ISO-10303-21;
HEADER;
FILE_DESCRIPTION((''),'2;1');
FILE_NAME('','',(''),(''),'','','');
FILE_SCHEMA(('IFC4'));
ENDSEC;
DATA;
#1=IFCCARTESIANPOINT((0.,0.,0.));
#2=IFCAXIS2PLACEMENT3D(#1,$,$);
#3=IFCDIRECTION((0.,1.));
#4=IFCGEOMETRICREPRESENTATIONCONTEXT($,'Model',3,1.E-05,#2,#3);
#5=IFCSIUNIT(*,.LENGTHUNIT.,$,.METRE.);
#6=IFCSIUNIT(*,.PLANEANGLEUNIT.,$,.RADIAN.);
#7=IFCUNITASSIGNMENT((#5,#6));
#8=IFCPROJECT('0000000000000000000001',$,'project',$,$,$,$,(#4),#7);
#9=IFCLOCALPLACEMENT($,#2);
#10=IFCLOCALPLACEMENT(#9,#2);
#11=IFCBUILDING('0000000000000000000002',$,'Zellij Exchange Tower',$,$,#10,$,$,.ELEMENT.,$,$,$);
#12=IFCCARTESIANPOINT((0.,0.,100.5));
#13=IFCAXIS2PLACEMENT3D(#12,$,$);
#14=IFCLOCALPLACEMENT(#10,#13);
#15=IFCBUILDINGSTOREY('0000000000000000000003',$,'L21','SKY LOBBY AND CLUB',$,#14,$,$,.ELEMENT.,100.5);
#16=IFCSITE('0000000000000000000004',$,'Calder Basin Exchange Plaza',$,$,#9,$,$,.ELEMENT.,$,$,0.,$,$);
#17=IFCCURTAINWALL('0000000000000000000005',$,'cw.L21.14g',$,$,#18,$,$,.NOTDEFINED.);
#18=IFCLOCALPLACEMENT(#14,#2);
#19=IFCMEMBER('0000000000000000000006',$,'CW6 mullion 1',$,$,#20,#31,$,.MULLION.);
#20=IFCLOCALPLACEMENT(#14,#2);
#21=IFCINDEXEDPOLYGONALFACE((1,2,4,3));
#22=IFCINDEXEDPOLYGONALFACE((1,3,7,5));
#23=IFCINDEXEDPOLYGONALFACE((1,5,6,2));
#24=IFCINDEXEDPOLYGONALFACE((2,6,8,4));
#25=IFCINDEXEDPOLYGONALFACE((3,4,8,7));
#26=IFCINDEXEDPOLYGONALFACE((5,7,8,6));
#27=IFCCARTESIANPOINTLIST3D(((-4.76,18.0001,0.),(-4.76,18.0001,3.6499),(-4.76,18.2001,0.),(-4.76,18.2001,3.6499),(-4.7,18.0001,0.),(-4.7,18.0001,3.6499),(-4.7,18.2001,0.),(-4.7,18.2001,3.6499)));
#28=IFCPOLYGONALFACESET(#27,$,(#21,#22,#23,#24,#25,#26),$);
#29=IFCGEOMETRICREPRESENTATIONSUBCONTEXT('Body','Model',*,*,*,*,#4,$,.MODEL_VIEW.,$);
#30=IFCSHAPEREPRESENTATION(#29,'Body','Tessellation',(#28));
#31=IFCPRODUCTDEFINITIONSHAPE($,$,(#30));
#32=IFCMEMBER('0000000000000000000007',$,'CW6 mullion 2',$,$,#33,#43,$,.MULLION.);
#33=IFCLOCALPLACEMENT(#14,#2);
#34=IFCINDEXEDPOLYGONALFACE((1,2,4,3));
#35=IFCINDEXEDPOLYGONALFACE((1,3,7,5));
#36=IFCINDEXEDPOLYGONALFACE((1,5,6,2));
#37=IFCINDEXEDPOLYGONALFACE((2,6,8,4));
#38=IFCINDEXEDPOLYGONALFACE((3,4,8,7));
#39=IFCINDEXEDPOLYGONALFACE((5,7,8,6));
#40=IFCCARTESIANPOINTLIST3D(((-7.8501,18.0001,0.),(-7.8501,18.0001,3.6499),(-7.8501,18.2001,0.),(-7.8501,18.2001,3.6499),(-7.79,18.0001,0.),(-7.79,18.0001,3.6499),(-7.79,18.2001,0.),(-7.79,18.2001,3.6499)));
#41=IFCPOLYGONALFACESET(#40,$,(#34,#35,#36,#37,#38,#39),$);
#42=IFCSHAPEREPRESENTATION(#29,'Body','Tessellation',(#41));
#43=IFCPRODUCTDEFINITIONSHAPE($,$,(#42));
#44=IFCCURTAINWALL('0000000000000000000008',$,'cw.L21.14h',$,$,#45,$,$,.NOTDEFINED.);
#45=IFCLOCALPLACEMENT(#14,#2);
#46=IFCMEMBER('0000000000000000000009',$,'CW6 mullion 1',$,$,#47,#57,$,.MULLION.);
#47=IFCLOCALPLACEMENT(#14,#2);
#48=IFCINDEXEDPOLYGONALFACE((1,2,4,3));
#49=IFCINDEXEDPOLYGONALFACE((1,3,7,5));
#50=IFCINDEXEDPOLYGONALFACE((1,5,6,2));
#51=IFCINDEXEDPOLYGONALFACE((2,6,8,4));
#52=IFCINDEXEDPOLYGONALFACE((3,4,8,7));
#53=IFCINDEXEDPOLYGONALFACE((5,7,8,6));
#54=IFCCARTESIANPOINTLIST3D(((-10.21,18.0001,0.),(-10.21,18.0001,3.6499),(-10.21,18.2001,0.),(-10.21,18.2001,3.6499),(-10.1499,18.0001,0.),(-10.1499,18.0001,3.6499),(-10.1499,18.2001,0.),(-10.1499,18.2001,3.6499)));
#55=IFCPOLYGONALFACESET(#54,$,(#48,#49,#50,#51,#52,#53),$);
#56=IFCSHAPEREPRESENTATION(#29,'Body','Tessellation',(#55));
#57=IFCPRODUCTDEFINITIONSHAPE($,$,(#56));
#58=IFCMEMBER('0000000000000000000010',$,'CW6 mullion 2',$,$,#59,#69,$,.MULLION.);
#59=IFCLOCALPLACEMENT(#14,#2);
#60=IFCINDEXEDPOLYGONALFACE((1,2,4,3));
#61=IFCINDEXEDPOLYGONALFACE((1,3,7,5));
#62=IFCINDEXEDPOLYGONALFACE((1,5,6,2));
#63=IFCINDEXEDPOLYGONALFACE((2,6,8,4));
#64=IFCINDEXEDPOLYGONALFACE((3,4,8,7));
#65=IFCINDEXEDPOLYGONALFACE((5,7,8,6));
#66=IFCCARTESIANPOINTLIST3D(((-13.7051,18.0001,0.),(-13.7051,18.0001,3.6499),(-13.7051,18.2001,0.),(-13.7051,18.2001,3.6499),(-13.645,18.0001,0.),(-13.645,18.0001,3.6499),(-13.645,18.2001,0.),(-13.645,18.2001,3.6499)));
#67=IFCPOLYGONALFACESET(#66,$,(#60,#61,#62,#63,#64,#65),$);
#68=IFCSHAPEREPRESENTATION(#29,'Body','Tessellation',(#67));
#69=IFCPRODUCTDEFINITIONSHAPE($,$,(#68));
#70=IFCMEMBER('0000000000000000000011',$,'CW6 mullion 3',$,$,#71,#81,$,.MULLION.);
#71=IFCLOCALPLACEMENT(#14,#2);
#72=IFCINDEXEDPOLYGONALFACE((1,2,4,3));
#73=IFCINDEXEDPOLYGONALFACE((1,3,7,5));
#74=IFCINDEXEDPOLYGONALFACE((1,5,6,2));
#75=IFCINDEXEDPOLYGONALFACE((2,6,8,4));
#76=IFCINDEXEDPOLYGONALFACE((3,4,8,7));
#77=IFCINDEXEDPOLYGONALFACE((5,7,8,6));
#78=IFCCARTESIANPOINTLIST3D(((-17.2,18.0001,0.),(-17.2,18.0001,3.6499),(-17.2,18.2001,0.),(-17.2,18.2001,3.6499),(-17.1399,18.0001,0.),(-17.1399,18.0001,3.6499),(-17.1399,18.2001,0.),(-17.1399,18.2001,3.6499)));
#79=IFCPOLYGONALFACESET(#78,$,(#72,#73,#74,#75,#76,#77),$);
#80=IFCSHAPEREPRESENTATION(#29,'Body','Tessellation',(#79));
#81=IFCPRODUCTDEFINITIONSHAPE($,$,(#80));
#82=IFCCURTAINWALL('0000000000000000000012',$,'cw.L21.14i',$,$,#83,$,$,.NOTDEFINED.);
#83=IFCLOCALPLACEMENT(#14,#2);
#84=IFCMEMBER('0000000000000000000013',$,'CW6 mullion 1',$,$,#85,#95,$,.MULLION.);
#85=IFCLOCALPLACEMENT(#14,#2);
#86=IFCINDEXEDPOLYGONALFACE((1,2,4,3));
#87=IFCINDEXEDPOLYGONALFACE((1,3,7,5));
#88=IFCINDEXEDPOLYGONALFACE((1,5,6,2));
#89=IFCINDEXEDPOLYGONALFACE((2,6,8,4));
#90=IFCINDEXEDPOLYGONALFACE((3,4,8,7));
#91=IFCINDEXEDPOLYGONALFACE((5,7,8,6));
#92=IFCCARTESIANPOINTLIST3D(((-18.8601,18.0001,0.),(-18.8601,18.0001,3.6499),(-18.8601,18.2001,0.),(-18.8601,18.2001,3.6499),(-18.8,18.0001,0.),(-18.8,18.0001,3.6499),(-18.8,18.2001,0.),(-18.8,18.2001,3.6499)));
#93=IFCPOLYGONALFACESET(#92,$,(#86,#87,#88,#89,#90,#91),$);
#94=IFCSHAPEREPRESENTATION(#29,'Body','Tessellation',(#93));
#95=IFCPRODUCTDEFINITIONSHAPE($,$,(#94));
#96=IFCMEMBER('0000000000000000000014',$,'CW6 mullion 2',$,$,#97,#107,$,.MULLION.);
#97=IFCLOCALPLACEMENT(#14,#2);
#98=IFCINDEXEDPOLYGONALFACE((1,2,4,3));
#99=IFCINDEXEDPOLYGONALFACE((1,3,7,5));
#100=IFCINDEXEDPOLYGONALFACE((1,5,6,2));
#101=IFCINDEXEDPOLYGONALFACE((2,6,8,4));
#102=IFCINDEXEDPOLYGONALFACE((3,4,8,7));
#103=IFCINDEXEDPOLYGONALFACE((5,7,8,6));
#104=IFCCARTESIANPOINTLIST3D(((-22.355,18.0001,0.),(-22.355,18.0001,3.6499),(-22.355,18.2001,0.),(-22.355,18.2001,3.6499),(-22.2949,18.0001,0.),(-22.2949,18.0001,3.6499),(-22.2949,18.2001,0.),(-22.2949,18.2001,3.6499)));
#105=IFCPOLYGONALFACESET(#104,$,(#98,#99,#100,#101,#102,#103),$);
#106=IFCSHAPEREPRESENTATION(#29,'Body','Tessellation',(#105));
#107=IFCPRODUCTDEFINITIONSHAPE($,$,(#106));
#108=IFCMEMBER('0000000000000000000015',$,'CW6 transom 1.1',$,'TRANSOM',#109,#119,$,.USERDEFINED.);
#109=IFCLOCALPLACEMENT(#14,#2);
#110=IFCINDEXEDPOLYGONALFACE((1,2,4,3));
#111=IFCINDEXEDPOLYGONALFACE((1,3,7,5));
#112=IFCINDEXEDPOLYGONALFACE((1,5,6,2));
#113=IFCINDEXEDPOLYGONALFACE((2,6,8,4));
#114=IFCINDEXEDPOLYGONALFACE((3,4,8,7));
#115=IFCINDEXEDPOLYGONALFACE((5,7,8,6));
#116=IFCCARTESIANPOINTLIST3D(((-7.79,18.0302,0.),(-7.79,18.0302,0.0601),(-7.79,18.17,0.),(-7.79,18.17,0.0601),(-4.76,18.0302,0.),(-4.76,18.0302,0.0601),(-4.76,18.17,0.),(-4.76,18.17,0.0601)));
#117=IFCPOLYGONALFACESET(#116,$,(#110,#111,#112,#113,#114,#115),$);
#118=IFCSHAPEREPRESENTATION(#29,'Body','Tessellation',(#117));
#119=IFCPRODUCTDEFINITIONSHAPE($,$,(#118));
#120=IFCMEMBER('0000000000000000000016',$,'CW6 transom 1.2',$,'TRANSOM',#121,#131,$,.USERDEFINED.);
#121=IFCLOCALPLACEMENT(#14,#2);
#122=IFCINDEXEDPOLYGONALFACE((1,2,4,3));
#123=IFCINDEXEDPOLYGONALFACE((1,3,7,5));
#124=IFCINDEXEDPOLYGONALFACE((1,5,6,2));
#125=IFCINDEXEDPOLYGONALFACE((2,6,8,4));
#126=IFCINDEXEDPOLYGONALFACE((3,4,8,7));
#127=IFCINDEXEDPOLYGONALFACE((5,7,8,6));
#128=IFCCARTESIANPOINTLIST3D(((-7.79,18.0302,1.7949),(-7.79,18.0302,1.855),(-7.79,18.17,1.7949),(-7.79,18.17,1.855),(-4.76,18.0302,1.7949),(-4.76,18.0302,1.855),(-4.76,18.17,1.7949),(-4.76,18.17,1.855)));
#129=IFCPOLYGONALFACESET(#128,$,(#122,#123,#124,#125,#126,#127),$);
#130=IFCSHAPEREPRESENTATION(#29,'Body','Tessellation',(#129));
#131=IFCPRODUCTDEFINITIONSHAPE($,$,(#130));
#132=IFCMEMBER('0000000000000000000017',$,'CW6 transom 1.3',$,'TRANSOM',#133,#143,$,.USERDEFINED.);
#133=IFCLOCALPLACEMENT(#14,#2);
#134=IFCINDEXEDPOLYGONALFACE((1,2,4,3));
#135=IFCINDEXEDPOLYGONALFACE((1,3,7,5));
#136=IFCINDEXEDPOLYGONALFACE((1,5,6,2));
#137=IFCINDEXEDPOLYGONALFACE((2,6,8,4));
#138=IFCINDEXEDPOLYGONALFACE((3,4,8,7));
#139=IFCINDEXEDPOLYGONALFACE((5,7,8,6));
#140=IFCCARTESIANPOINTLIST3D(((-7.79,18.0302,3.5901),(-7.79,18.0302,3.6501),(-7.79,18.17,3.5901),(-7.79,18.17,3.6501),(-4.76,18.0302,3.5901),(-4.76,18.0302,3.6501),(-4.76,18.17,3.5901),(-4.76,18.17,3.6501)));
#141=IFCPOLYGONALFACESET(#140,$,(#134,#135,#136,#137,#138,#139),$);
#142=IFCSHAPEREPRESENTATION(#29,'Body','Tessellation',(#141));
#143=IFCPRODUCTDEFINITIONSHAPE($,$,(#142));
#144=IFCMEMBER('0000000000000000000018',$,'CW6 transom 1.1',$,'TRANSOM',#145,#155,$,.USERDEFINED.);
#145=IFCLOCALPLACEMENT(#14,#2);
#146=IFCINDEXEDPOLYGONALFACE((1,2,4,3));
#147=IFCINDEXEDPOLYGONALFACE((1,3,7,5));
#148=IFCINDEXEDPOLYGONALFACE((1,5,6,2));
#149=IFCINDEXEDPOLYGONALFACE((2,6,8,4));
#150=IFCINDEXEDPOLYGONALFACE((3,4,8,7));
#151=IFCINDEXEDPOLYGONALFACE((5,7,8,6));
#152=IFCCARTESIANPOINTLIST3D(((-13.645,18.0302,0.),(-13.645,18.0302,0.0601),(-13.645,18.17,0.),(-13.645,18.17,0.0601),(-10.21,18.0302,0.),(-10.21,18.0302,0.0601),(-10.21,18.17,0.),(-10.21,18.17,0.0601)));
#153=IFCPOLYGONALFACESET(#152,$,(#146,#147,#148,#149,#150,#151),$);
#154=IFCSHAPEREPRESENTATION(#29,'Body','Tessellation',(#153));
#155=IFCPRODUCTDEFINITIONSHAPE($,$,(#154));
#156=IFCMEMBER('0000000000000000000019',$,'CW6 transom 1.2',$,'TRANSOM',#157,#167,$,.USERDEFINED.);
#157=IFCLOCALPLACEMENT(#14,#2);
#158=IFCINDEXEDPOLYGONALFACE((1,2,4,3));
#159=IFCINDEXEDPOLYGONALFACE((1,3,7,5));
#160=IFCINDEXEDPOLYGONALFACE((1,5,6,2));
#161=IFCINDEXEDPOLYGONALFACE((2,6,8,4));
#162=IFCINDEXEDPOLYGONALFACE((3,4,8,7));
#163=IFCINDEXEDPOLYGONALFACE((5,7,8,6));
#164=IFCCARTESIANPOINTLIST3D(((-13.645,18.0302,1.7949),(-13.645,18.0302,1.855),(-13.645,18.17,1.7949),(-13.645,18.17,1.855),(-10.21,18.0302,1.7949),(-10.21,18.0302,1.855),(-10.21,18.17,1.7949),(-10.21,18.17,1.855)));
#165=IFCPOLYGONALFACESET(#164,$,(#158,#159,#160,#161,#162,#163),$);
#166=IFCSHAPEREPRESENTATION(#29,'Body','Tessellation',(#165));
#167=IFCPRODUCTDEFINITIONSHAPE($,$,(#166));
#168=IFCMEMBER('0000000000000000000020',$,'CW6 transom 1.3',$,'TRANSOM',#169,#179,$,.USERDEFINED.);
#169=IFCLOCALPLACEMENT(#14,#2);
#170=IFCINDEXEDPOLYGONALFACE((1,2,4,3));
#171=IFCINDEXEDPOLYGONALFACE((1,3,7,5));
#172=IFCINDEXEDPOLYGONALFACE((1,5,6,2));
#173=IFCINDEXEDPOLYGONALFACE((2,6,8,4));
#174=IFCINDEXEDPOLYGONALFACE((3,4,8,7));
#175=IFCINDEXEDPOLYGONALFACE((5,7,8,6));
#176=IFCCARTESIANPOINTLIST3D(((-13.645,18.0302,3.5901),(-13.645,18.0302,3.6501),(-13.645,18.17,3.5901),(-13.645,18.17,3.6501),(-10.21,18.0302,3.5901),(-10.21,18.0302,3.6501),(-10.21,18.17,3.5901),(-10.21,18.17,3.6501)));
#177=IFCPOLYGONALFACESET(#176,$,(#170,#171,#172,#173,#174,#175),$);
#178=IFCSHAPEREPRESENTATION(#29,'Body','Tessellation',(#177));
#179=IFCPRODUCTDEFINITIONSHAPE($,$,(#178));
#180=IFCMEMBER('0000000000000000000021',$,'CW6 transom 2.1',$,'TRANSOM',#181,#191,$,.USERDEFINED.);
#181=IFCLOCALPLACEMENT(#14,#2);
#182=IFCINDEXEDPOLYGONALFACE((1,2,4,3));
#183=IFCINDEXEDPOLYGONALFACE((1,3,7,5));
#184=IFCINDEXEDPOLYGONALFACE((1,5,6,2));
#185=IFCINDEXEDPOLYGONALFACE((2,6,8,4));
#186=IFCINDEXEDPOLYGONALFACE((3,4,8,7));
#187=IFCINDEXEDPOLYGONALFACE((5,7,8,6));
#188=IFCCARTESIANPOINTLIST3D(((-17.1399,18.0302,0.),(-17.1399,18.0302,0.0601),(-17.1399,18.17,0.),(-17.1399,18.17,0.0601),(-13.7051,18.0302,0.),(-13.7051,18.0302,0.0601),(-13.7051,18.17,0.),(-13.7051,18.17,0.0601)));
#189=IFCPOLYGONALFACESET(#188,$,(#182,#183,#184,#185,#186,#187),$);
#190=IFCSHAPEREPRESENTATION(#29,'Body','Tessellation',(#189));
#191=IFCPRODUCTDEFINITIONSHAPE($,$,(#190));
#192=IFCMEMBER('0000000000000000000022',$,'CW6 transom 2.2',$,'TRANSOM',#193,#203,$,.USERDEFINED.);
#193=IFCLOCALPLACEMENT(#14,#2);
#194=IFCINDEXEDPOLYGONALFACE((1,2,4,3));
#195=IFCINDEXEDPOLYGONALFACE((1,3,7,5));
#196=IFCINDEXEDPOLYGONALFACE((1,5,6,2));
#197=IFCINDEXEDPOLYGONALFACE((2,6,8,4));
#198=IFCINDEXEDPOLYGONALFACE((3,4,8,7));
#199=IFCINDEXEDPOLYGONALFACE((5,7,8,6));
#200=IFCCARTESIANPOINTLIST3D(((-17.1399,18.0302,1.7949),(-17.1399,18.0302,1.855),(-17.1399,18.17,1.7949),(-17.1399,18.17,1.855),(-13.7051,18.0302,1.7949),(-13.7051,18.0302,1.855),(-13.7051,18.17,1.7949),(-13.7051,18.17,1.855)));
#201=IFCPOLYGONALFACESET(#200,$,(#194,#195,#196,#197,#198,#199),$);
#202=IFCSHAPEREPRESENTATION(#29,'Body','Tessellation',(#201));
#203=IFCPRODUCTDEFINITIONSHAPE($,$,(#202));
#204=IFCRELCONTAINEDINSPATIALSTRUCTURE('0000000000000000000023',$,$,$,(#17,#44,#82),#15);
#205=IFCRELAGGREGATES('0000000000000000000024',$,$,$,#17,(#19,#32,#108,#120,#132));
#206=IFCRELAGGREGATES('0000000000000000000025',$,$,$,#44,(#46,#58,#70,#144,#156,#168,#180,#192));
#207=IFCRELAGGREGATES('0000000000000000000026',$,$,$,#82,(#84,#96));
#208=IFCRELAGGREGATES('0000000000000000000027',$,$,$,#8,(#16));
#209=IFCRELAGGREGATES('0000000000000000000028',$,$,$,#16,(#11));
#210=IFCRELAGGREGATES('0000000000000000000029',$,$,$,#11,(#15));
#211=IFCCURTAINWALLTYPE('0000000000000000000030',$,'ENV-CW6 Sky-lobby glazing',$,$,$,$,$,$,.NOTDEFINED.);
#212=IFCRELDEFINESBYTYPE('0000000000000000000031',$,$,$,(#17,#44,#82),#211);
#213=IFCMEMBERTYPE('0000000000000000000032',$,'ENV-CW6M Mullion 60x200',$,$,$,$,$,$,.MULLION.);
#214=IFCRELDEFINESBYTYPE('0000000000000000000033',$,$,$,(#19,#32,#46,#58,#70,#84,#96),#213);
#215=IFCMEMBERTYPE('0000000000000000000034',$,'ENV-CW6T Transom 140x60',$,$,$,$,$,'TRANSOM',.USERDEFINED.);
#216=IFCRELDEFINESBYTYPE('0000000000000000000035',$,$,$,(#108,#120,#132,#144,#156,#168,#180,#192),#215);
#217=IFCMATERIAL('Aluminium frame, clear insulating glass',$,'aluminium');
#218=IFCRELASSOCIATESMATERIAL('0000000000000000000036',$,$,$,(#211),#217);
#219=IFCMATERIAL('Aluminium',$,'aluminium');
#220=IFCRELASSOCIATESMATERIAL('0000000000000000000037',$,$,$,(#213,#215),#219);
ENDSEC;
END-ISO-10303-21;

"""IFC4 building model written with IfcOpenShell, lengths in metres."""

from ifc_helpers import new_model, si_unit, direction, frame, origin, origin_2d, place, context, subcontext, project, spatial, rectangle, extrude, material, material_profile, profile_set, type_object, element, aggregate, save


model = new_model("IFC4")

# Units and contexts
model_context = context("Model", 3, precision=1e-05, world=origin(), true_north=direction((0.0, 1.0)))
body_context = subcontext(model_context, "Body", "Model", "MODEL_VIEW")
ifc_project = project(units=[si_unit("LENGTHUNIT", "METRE"), si_unit("PLANEANGLEUNIT", "RADIAN")], contexts=[model_context])

# Site, building, storey
site_placement = place(None, origin())
site = spatial("IfcSite", under=ifc_project, at=site_placement, Name="Calder Basin Exchange Plaza", CompositionType="ELEMENT", RefElevation=0.0)
building_placement = place(site_placement, origin())
building = spatial("IfcBuilding", under=site, at=building_placement, Name="Zellij Exchange Tower", CompositionType="ELEMENT")
storey_placement = place(building_placement, frame((0.0, 0.0, 100.5)))
storey = spatial("IfcBuildingStorey", under=building, at=storey_placement, Name="L21", Description="SKY LOBBY AND CLUB", CompositionType="ELEMENT", Elevation=100.5)

# Curtain walls, members
ifc_material_1 = material(Name="Aluminium frame, clear insulating glass", Category="aluminium")
curtain_wall_type = type_object("IfcCurtainWallType", Name="ENV-CW6 Sky-lobby glazing", PredefinedType="NOTDEFINED", material=ifc_material_1)
curtain_wall_1_placement = place(storey_placement, origin())
curtain_wall_1 = element("IfcCurtainWall", 1, at=curtain_wall_1_placement, inside=storey, type_object=curtain_wall_type, Name="cw.L21.14g", PredefinedType="NOTDEFINED")
ifc_material_2 = material(Name="Aluminium", Category="aluminium")
ifc_material_profile_1 = material_profile(ifc_material_2, rectangle(XDim=0.0601, YDim=0.2, at=origin_2d()), Name="AL 60x200")
ifc_profile_set_1 = profile_set([ifc_material_profile_1], Name="Aluminium")
member_type_1 = type_object("IfcMemberType", Name="ENV-CW6M Mullion 60x200", PredefinedType="MULLION", material=ifc_profile_set_1)
member_1_placement = place(storey_placement, frame((-4.73, 18.1001, 0.0), z_axis=(0.0, 0.0, 1.0), x_axis=(-1.0, 0.0, 0.0)))
member_1 = element("IfcMember", 2, at=member_1_placement, type_object=member_type_1, Name="CW6 mullion 1", PredefinedType="MULLION", context=body_context, shape_type="SweptSolid", body=[
    extrude(rectangle(XDim=0.0601, YDim=0.2, at=origin_2d()), origin(), (0.0, 0.0, 1.0), 3.6499),
])
member_2_placement = place(storey_placement, frame((-7.8201, 18.1001, 0.0), z_axis=(0.0, 0.0, 1.0), x_axis=(-1.0, 0.0, 0.0)))
member_2 = element("IfcMember", 3, at=member_2_placement, type_object=member_type_1, Name="CW6 mullion 2", PredefinedType="MULLION", context=body_context, shape_type="SweptSolid", body=[
    extrude(rectangle(XDim=0.0601, YDim=0.2, at=origin_2d()), origin(), (0.0, 0.0, 1.0), 3.6499),
])
curtain_wall_2_placement = place(storey_placement, origin())
curtain_wall_2 = element("IfcCurtainWall", 4, at=curtain_wall_2_placement, inside=storey, type_object=curtain_wall_type, Name="cw.L21.14h", PredefinedType="NOTDEFINED")
member_3_placement = place(storey_placement, frame((-10.1799, 18.1001, 0.0), z_axis=(0.0, 0.0, 1.0), x_axis=(-1.0, 0.0, 0.0)))
member_3 = element("IfcMember", 5, at=member_3_placement, type_object=member_type_1, Name="CW6 mullion 1", PredefinedType="MULLION", context=body_context, shape_type="SweptSolid", body=[
    extrude(rectangle(XDim=0.0601, YDim=0.2, at=origin_2d()), origin(), (0.0, 0.0, 1.0), 3.6499),
])
member_4_placement = place(storey_placement, frame((-13.675, 18.1001, 0.0), z_axis=(0.0, 0.0, 1.0), x_axis=(-1.0, 0.0, 0.0)))
member_4 = element("IfcMember", 6, at=member_4_placement, type_object=member_type_1, Name="CW6 mullion 2", PredefinedType="MULLION", context=body_context, shape_type="SweptSolid", body=[
    extrude(rectangle(XDim=0.0601, YDim=0.2, at=origin_2d()), origin(), (0.0, 0.0, 1.0), 3.6499),
])
member_5_placement = place(storey_placement, frame((-17.1699, 18.1001, 0.0), z_axis=(0.0, 0.0, 1.0), x_axis=(-1.0, 0.0, 0.0)))
member_5 = element("IfcMember", 7, at=member_5_placement, type_object=member_type_1, Name="CW6 mullion 3", PredefinedType="MULLION", context=body_context, shape_type="SweptSolid", body=[
    extrude(rectangle(XDim=0.0601, YDim=0.2, at=origin_2d()), origin(), (0.0, 0.0, 1.0), 3.6499),
])
curtain_wall_3_placement = place(storey_placement, origin())
curtain_wall_3 = element("IfcCurtainWall", 8, at=curtain_wall_3_placement, inside=storey, type_object=curtain_wall_type, Name="cw.L21.14i", PredefinedType="NOTDEFINED")
member_6_placement = place(storey_placement, frame((-18.8301, 18.1001, 0.0), z_axis=(0.0, 0.0, 1.0), x_axis=(-1.0, 0.0, 0.0)))
member_6 = element("IfcMember", 9, at=member_6_placement, type_object=member_type_1, Name="CW6 mullion 1", PredefinedType="MULLION", context=body_context, shape_type="SweptSolid", body=[
    extrude(rectangle(XDim=0.0601, YDim=0.2, at=origin_2d()), origin(), (0.0, 0.0, 1.0), 3.6499),
])
member_7_placement = place(storey_placement, frame((-22.325, 18.1001, 0.0), z_axis=(0.0, 0.0, 1.0), x_axis=(-1.0, 0.0, 0.0)))
member_7 = element("IfcMember", 10, at=member_7_placement, type_object=member_type_1, Name="CW6 mullion 2", PredefinedType="MULLION", context=body_context, shape_type="SweptSolid", body=[
    extrude(rectangle(XDim=0.0601, YDim=0.2, at=origin_2d()), origin(), (0.0, 0.0, 1.0), 3.6499),
])

# Members
ifc_material_profile_2 = material_profile(ifc_material_2, rectangle(XDim=0.1399, YDim=0.0601, at=origin_2d()), Name="AL 140x60")
ifc_profile_set_2 = profile_set([ifc_material_profile_2], Name="Aluminium")
member_type_2 = type_object("IfcMemberType", Name="ENV-CW6T Transom 140x60", ElementType="TRANSOM", PredefinedType="USERDEFINED", material=ifc_profile_set_2)
member_8_placement = place(storey_placement, frame((-4.76, 18.1001, 0.03), z_axis=(-1.0, 0.0, 0.0), x_axis=(0.0, -1.0, 0.0)))
member_8 = element("IfcMember", 11, at=member_8_placement, type_object=member_type_2, Name="CW6 transom 1.1", ObjectType="TRANSOM", PredefinedType="USERDEFINED", context=body_context, shape_type="SweptSolid", body=[
    extrude(rectangle(XDim=0.1399, YDim=0.0601, at=origin_2d()), origin(), (0.0, 0.0, 1.0), 3.03),
])
member_9_placement = place(storey_placement, frame((-4.76, 18.1001, 1.825), z_axis=(-1.0, 0.0, 0.0), x_axis=(0.0, -1.0, 0.0)))
member_9 = element("IfcMember", 12, at=member_9_placement, type_object=member_type_2, Name="CW6 transom 1.2", ObjectType="TRANSOM", PredefinedType="USERDEFINED", context=body_context, shape_type="SweptSolid", body=[
    extrude(rectangle(XDim=0.1399, YDim=0.0601, at=origin_2d()), origin(), (0.0, 0.0, 1.0), 3.03),
])
member_10_placement = place(storey_placement, frame((-4.76, 18.1001, 3.6201), z_axis=(-1.0, 0.0, 0.0), x_axis=(0.0, -1.0, 0.0)))
member_10 = element("IfcMember", 13, at=member_10_placement, type_object=member_type_2, Name="CW6 transom 1.3", ObjectType="TRANSOM", PredefinedType="USERDEFINED", context=body_context, shape_type="SweptSolid", body=[
    extrude(rectangle(XDim=0.1399, YDim=0.0601, at=origin_2d()), origin(), (0.0, 0.0, 1.0), 3.03),
])
member_11_placement = place(storey_placement, frame((-10.21, 18.1001, 0.03), z_axis=(-1.0, 0.0, 0.0), x_axis=(0.0, -1.0, 0.0)))
member_11 = element("IfcMember", 14, at=member_11_placement, type_object=member_type_2, Name="CW6 transom 1.1", ObjectType="TRANSOM", PredefinedType="USERDEFINED", context=body_context, shape_type="SweptSolid", body=[
    extrude(rectangle(XDim=0.1399, YDim=0.0601, at=origin_2d()), origin(), (0.0, 0.0, 1.0), 3.4351),
])
member_12_placement = place(storey_placement, frame((-10.21, 18.1001, 1.825), z_axis=(-1.0, 0.0, 0.0), x_axis=(0.0, -1.0, 0.0)))
member_12 = element("IfcMember", 15, at=member_12_placement, type_object=member_type_2, Name="CW6 transom 1.2", ObjectType="TRANSOM", PredefinedType="USERDEFINED", context=body_context, shape_type="SweptSolid", body=[
    extrude(rectangle(XDim=0.1399, YDim=0.0601, at=origin_2d()), origin(), (0.0, 0.0, 1.0), 3.4351),
])
member_13_placement = place(storey_placement, frame((-10.21, 18.1001, 3.6201), z_axis=(-1.0, 0.0, 0.0), x_axis=(0.0, -1.0, 0.0)))
member_13 = element("IfcMember", 16, at=member_13_placement, type_object=member_type_2, Name="CW6 transom 1.3", ObjectType="TRANSOM", PredefinedType="USERDEFINED", context=body_context, shape_type="SweptSolid", body=[
    extrude(rectangle(XDim=0.1399, YDim=0.0601, at=origin_2d()), origin(), (0.0, 0.0, 1.0), 3.4351),
])
member_14_placement = place(storey_placement, frame((-13.7051, 18.1001, 0.03), z_axis=(-1.0, 0.0, 0.0), x_axis=(0.0, -1.0, 0.0)))
member_14 = element("IfcMember", 17, at=member_14_placement, type_object=member_type_2, Name="CW6 transom 2.1", ObjectType="TRANSOM", PredefinedType="USERDEFINED", context=body_context, shape_type="SweptSolid", body=[
    extrude(rectangle(XDim=0.1399, YDim=0.0601, at=origin_2d()), origin(), (0.0, 0.0, 1.0), 3.4348),
])
member_15_placement = place(storey_placement, frame((-13.7051, 18.1001, 1.825), z_axis=(-1.0, 0.0, 0.0), x_axis=(0.0, -1.0, 0.0)))
member_15 = element("IfcMember", 18, at=member_15_placement, type_object=member_type_2, Name="CW6 transom 2.2", ObjectType="TRANSOM", PredefinedType="USERDEFINED", context=body_context, shape_type="SweptSolid", body=[
    extrude(rectangle(XDim=0.1399, YDim=0.0601, at=origin_2d()), origin(), (0.0, 0.0, 1.0), 3.4348),
])

aggregate(curtain_wall_1, [member_1, member_2, member_8, member_9, member_10])
aggregate(curtain_wall_2, [member_3, member_4, member_5, member_11, member_12, member_13, member_14, member_15])
aggregate(curtain_wall_3, [member_6, member_7])

save(model, "model.ifc")
